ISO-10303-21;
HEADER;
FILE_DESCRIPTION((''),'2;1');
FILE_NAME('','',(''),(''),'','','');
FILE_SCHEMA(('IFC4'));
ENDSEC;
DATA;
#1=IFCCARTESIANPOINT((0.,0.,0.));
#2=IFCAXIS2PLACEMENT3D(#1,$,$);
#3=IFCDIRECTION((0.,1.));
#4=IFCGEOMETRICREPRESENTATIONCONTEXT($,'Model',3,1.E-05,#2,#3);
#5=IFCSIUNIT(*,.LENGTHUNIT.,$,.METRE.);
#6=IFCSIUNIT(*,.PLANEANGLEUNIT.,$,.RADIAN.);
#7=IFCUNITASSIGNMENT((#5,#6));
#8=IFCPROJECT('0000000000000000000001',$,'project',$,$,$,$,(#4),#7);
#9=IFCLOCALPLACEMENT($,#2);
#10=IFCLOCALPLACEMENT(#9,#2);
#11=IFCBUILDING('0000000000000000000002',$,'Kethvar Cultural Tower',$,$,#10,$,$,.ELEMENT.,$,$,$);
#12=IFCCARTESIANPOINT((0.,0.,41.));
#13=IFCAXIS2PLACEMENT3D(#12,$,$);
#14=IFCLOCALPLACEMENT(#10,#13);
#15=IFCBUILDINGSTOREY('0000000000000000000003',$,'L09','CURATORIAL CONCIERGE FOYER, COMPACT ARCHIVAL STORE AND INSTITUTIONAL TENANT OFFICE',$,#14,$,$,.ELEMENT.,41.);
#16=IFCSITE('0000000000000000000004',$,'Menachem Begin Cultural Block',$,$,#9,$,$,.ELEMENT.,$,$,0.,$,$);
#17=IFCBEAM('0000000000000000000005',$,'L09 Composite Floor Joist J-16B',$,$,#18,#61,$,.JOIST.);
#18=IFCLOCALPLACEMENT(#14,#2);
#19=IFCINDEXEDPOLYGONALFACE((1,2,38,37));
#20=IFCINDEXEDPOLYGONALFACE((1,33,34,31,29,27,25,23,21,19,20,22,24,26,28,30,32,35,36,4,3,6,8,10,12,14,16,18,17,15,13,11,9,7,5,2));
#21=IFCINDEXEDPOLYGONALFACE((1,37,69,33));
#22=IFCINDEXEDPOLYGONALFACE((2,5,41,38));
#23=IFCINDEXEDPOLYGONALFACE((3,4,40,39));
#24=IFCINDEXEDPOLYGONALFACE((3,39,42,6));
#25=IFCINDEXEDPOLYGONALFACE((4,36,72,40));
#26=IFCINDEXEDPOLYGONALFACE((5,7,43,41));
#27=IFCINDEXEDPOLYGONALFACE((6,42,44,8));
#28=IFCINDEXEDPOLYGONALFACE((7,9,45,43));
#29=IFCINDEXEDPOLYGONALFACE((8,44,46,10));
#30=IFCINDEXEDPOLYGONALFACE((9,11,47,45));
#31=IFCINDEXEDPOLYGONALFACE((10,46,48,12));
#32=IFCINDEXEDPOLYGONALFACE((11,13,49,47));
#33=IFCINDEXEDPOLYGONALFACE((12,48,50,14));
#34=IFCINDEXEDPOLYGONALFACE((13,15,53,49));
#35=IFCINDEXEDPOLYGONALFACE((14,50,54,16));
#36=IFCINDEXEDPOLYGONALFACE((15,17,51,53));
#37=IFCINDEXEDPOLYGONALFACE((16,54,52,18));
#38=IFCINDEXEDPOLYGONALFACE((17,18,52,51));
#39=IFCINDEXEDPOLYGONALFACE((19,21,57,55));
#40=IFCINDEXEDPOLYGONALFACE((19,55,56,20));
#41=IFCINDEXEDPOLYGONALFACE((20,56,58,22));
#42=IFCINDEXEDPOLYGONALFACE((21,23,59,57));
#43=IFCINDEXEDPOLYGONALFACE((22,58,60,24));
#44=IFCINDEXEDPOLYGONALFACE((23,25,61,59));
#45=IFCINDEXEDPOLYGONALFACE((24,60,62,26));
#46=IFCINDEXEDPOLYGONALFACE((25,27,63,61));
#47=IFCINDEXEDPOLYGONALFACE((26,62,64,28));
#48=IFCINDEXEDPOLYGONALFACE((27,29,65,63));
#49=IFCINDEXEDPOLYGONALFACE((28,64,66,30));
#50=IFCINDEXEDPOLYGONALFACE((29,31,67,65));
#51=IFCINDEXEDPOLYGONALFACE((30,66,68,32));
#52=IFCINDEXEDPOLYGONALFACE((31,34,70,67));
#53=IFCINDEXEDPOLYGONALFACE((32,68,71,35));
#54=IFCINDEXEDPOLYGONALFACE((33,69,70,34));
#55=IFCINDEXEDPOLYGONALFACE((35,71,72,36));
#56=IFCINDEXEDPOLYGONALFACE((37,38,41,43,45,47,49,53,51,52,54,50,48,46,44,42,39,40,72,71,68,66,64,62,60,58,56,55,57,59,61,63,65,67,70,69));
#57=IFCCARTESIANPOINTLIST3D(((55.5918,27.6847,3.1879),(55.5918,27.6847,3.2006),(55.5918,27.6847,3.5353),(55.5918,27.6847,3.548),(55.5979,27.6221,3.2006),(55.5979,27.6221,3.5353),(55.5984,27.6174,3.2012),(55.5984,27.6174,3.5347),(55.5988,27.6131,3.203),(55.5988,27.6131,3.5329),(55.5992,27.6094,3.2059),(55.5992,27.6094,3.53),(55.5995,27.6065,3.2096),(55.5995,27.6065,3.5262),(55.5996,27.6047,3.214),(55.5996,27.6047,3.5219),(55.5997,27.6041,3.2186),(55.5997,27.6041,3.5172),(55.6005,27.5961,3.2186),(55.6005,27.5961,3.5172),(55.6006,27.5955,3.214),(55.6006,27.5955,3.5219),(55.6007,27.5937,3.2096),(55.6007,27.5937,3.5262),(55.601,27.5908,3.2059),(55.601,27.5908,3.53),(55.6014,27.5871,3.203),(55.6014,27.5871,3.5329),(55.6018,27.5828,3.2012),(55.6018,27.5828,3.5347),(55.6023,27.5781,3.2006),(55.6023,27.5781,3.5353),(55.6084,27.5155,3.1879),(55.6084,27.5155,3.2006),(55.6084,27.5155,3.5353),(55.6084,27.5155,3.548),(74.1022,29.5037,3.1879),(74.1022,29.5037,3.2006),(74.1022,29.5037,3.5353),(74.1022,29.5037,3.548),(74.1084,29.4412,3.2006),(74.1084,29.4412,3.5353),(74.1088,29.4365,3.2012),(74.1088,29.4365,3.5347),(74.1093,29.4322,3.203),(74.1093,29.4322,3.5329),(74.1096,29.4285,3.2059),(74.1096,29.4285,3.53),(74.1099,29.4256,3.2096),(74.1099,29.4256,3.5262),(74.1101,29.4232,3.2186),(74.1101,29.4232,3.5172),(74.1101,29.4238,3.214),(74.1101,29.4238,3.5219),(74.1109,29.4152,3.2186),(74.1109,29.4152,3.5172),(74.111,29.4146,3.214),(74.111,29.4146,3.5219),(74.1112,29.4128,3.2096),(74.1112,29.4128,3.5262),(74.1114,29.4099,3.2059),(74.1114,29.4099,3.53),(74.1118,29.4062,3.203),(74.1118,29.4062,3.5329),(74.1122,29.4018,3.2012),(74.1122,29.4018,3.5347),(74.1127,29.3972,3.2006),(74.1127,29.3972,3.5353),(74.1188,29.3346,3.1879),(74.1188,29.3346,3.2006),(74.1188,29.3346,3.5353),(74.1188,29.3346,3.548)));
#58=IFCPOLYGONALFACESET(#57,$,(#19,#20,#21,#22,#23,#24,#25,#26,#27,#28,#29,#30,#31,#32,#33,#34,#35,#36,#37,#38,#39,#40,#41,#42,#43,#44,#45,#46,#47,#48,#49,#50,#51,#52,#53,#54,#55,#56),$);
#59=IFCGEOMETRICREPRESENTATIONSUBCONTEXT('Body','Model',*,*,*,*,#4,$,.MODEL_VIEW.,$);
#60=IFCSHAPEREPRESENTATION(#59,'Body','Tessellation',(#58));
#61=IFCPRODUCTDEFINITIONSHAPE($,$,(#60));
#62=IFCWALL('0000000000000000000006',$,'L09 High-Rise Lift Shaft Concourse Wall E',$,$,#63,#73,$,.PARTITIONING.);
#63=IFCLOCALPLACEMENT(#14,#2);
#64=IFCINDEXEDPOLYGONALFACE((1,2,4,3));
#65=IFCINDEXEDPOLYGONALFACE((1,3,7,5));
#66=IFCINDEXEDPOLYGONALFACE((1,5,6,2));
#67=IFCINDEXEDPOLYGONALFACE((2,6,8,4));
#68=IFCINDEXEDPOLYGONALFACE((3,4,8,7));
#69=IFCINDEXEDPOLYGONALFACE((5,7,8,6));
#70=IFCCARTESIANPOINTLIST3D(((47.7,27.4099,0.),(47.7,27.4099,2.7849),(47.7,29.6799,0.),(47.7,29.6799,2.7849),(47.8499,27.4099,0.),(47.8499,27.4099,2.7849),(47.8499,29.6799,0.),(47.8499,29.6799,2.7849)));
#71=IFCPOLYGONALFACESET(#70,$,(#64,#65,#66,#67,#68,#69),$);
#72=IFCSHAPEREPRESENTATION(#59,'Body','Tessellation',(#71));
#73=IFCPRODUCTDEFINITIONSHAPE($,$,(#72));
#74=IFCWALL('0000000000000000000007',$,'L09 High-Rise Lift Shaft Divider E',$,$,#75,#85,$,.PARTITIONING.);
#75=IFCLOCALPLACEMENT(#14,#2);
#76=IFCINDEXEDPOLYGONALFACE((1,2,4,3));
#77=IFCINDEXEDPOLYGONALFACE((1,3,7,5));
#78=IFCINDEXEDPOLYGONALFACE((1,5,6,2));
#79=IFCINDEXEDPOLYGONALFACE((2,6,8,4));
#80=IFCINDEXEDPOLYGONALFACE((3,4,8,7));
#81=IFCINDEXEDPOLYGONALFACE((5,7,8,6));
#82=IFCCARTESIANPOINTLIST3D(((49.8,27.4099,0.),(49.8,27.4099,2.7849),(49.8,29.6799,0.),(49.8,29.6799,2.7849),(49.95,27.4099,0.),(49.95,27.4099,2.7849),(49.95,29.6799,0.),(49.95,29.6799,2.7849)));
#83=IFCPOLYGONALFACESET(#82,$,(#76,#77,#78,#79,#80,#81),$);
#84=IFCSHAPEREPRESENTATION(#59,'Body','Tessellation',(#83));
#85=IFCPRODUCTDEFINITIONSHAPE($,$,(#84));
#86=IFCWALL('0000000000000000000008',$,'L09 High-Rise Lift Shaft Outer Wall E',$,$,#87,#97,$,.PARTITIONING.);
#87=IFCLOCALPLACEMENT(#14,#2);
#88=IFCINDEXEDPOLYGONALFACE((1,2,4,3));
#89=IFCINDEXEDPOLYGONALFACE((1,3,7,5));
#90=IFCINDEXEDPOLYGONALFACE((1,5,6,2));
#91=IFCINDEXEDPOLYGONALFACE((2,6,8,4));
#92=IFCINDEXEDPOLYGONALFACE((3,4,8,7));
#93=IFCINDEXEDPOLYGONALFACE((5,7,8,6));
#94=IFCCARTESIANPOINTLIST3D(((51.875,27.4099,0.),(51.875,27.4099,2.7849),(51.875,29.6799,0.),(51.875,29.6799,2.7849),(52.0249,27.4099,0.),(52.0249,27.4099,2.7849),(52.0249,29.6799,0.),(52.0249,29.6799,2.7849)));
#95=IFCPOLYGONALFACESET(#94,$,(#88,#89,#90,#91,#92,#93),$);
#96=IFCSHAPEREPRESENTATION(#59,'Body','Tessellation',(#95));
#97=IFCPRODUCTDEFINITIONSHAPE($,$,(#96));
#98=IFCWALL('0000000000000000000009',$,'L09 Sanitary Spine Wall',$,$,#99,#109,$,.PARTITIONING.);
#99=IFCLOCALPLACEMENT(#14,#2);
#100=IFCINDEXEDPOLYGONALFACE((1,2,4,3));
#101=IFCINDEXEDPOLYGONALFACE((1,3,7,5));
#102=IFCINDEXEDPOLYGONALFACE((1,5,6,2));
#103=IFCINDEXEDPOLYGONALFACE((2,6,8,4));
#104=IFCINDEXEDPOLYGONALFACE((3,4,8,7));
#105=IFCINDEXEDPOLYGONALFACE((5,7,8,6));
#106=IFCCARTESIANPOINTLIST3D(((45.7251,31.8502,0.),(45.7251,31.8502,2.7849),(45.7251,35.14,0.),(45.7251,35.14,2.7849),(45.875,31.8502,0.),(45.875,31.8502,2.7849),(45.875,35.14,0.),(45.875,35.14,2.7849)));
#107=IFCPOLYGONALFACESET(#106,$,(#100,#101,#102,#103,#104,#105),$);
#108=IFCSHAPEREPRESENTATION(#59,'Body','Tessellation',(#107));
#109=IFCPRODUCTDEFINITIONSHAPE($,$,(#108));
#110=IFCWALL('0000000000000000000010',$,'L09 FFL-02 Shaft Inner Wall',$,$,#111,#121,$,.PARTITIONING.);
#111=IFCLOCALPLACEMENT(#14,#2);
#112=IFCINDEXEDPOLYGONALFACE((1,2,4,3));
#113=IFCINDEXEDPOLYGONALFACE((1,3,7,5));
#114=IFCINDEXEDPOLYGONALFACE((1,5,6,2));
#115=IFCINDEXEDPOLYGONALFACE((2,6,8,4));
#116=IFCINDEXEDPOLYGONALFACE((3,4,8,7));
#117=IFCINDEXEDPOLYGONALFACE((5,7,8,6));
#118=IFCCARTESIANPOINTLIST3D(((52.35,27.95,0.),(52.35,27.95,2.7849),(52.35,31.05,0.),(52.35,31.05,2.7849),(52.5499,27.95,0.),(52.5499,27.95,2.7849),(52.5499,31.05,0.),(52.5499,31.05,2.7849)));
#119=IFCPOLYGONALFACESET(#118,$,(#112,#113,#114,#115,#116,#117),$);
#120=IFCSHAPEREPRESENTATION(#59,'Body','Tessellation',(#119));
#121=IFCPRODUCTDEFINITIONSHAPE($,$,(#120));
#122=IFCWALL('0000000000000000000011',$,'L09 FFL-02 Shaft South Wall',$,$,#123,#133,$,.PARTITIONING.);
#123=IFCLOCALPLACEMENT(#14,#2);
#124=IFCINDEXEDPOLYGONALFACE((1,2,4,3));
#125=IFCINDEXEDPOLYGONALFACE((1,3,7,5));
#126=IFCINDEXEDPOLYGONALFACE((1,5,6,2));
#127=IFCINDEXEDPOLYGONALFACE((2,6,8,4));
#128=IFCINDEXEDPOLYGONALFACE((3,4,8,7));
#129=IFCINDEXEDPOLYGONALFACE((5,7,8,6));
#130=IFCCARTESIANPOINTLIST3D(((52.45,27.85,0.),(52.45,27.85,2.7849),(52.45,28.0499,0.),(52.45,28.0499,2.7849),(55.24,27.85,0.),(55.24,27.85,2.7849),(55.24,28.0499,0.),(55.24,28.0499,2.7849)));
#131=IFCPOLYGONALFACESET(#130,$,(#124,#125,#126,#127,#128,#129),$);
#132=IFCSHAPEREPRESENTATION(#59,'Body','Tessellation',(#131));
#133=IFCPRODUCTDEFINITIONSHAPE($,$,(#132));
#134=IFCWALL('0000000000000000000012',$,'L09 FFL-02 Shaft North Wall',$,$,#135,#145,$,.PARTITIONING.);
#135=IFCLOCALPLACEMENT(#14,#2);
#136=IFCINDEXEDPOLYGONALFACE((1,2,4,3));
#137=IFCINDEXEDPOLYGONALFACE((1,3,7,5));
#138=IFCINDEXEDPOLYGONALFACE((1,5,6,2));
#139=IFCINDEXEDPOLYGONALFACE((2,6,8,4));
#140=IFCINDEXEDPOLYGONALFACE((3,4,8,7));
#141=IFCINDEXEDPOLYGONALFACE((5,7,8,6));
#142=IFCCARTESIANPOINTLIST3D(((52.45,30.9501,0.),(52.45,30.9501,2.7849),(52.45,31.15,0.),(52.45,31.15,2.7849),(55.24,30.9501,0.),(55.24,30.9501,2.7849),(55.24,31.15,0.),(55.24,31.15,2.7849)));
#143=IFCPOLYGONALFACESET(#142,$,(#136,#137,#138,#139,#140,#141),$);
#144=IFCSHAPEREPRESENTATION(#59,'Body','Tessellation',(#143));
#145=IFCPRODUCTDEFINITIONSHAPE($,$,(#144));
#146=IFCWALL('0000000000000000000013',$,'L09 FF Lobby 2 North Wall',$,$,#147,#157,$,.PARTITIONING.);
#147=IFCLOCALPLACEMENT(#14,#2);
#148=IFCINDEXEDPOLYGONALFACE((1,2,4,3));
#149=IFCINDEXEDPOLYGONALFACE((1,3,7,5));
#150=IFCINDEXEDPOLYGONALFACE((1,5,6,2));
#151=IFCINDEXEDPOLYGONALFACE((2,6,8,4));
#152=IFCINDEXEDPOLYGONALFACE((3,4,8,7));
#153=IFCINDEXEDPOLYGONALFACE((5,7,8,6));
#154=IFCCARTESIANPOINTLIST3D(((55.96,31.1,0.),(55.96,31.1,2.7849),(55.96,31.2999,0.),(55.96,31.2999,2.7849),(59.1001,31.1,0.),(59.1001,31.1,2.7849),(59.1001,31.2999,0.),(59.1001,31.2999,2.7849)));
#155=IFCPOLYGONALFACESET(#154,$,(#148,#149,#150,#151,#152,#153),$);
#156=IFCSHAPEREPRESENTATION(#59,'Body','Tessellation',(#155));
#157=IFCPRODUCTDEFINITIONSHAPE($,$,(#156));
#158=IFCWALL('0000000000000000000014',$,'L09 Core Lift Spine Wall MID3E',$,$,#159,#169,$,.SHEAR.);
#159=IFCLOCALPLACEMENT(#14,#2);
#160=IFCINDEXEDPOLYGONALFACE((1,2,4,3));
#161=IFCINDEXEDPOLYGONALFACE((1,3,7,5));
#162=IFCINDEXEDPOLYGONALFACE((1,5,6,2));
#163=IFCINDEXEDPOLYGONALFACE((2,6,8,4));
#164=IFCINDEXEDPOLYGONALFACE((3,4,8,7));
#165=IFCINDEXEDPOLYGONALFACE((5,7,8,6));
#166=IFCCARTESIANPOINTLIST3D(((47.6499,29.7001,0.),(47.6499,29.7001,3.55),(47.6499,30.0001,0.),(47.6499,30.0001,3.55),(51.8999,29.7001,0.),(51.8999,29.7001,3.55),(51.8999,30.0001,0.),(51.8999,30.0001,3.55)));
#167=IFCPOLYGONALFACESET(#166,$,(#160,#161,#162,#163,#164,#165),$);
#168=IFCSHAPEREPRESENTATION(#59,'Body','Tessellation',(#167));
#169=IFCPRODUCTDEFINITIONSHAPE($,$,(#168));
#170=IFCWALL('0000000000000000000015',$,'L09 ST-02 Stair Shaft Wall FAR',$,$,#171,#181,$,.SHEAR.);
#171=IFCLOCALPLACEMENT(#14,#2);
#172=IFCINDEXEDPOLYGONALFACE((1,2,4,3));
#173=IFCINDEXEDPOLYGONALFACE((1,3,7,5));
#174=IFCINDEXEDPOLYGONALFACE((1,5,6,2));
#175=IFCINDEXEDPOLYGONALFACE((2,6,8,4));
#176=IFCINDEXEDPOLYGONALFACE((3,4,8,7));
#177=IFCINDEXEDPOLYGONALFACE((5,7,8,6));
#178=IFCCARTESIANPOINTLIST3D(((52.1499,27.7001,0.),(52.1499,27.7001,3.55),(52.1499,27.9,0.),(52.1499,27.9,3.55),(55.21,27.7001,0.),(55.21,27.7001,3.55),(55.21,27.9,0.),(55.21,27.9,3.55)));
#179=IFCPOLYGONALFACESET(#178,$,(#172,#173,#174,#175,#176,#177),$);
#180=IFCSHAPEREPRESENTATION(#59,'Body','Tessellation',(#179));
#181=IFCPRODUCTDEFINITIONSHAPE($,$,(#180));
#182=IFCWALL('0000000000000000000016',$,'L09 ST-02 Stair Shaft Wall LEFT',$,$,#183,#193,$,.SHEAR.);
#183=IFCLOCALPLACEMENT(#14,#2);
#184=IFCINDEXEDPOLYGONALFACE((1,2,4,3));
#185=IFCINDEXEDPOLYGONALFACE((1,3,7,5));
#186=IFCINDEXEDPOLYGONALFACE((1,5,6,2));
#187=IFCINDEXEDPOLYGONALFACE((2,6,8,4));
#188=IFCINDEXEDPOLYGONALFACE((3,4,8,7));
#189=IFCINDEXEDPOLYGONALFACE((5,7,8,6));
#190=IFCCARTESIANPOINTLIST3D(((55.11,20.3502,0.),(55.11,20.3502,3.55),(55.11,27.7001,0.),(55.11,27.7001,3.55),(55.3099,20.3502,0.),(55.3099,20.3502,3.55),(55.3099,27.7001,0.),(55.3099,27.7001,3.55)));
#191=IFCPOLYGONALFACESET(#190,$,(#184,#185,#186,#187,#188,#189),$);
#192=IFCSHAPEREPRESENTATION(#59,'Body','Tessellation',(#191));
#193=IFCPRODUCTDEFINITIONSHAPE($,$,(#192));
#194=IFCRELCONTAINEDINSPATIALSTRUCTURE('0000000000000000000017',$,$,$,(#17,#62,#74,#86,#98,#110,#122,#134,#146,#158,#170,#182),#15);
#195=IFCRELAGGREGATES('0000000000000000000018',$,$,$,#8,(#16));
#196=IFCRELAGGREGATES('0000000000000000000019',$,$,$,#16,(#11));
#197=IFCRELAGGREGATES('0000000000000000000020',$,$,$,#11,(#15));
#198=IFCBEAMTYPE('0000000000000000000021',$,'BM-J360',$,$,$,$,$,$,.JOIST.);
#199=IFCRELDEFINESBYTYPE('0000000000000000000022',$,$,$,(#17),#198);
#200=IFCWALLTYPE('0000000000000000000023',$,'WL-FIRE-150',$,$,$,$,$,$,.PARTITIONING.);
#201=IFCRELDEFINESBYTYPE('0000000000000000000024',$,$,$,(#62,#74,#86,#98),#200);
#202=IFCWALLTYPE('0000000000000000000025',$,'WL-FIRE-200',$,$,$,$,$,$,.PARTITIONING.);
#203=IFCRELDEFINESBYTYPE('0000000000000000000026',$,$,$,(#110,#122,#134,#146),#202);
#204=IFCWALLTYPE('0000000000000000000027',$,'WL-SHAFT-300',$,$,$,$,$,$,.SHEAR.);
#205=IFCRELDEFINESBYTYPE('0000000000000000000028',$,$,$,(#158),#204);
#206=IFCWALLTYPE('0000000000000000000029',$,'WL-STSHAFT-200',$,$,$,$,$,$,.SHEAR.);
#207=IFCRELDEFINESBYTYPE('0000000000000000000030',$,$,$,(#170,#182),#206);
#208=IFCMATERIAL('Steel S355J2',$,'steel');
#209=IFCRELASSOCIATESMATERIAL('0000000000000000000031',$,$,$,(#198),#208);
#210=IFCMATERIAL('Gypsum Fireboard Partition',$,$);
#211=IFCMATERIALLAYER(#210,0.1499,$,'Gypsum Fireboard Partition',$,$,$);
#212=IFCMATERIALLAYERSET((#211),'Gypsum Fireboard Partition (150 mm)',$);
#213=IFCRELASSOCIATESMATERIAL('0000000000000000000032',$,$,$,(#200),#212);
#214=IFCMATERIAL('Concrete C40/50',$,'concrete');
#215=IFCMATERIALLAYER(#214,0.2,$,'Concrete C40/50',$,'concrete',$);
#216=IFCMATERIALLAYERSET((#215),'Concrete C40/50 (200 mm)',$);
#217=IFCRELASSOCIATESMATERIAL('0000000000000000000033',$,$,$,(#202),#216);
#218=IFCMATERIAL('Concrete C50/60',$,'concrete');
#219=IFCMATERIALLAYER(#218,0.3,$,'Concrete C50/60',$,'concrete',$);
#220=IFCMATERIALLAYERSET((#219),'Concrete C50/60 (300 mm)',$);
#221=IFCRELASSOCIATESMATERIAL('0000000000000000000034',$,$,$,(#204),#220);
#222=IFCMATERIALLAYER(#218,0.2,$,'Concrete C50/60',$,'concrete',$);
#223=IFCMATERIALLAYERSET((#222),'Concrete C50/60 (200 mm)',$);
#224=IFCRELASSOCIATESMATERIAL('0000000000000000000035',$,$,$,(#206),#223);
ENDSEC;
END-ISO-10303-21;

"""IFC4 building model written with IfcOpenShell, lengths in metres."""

from ifc_helpers import new_model, si_unit, direction, frame, frame_2d, origin, origin_2d, place, context, subcontext, project, spatial, rectangle, i_section, extrude, source, transform, mapped, material, layer, layer_set, material_profile, profile_set, type_object, element, save


model = new_model("IFC4")

# Units and contexts
model_context = context("Model", 3, precision=1e-05, world=origin(), true_north=direction((0.0, 1.0)))
body_context = subcontext(model_context, "Body", "Model", "MODEL_VIEW")
ifc_project = project(units=[si_unit("LENGTHUNIT", "METRE"), si_unit("PLANEANGLEUNIT", "RADIAN")], contexts=[model_context])

# Site, building, storey
site_placement = place(None, origin())
site = spatial("IfcSite", under=ifc_project, at=site_placement, Name="Menachem Begin Cultural Block", CompositionType="ELEMENT", RefElevation=0.0)
building_placement = place(site_placement, origin())
building = spatial("IfcBuilding", under=site, at=building_placement, Name="Kethvar Cultural Tower", CompositionType="ELEMENT")
storey_placement = place(building_placement, frame((0.0, 0.0, 41.0)))
storey = spatial("IfcBuildingStorey", under=building, at=storey_placement, Name="L09", Description="CURATORIAL CONCIERGE FOYER, COMPACT ARCHIVAL STORE AND INSTITUTIONAL TENANT OFFICE", CompositionType="ELEMENT", Elevation=41.0)

# Beam
ifc_material_1 = material(Name="Steel S355J2", Category="steel")
ifc_material_profile_1 = material_profile(ifc_material_1, i_section(OverallWidth=0.1699, OverallDepth=0.3601, WebThickness=0.0081, FlangeThickness=0.0127, FilletRadius=0.0181, at=origin_2d()), Name="Steel S355J2 — IPE360")
ifc_profile_set_1 = profile_set([ifc_material_profile_1], Name="Steel S355J2 — IPE360")
beam_type_1 = type_object("IfcBeamType", Name="BM-J360", PredefinedType="JOIST", material=ifc_profile_set_1)
shared_shape_1 = source(origin(), body_context, "Body", "SweptSolid", [
    extrude(i_section(OverallWidth=0.1699, OverallDepth=0.3601, WebThickness=0.0081, FlangeThickness=0.0127, FilletRadius=0.0181, at=origin_2d()), origin(), (0.0, 0.0, 1.0), 18.5996),
])
beam_1_placement = place(storey_placement, frame((55.6001, 27.6001, 3.3679), z_axis=(0.995206, 0.097802, 0.0), x_axis=(-0.097802, 0.995206, 0.0)))
element("IfcBeam", 1, at=beam_1_placement, inside=storey, type_object=beam_type_1, Name="L09 Composite Floor Joist J-16B", PredefinedType="JOIST", context=body_context, shape_type="MappedRepresentation", body=[
    mapped(shared_shape_1, transform((0.0, 0.0, 0.0), scale=1.0)),
])

# Walls
ifc_material_2 = material(Name="Gypsum Fireboard Partition")
ifc_layer_1 = layer(ifc_material_2, 0.1499, Name="Gypsum Fireboard Partition")
ifc_layer_set_1 = layer_set([ifc_layer_1], Name="Gypsum Fireboard Partition (150 mm)")
wall_type_1 = type_object("IfcWallType", Name="WL-FIRE-150", PredefinedType="PARTITIONING", material=ifc_layer_set_1)
for number, where, z_axis, x_axis, name in (
    (2, (47.7749, 27.4099, 0.0), (0.0, 0.0, 1.0), (0.0, 1.0, 0.0), "L09 High-Rise Lift Shaft Concourse Wall E"),
    (3, (49.875, 27.4099, 0.0), (0.0, 0.0, 1.0), (0.0, 1.0, 0.0), "L09 High-Rise Lift Shaft Divider E"),
    (4, (51.95, 27.4099, 0.0), (0.0, 0.0, 1.0), (0.0, 1.0, 0.0), "L09 High-Rise Lift Shaft Outer Wall E"),
):
    element("IfcWall", number, at=place(storey_placement, frame(where, z_axis=z_axis, x_axis=x_axis)), inside=storey, type_object=wall_type_1, Name=name, PredefinedType="PARTITIONING", context=body_context, shape_type="SweptSolid", body=[
        extrude(rectangle(XDim=2.27, YDim=0.1499, at=frame_2d((1.135, 0.0))), origin(), (0.0, 0.0, 1.0), 2.7849),
    ])
wall_1_placement = place(storey_placement, frame((45.8, 31.8501, 0.0), z_axis=(0.0, 0.0, 1.0), x_axis=(0.0, 1.0, 0.0)))
element("IfcWall", 5, at=wall_1_placement, inside=storey, type_object=wall_type_1, Name="L09 Sanitary Spine Wall", PredefinedType="PARTITIONING", context=body_context, shape_type="SweptSolid", body=[
    extrude(rectangle(XDim=3.2898, YDim=0.1499, at=frame_2d((1.645, 0.0))), origin(), (0.0, 0.0, 1.0), 2.7849),
])
ifc_material_3 = material(Name="Concrete C40/50", Category="concrete")
ifc_layer_2 = layer(ifc_material_3, 0.2, Name="Concrete C40/50", Category="concrete")
ifc_layer_set_2 = layer_set([ifc_layer_2], Name="Concrete C40/50 (200 mm)")
wall_type_2 = type_object("IfcWallType", Name="WL-FIRE-200", PredefinedType="PARTITIONING", material=ifc_layer_set_2)
wall_2_placement = place(storey_placement, frame((52.45, 27.95, 0.0), z_axis=(0.0, 0.0, 1.0), x_axis=(0.0, 1.0, 0.0)))
element("IfcWall", 6, at=wall_2_placement, inside=storey, type_object=wall_type_2, Name="L09 FFL-02 Shaft Inner Wall", PredefinedType="PARTITIONING", context=body_context, shape_type="SweptSolid", body=[
    extrude(rectangle(XDim=3.1001, YDim=0.2, at=frame_2d((1.55, 0.0))), origin(), (0.0, 0.0, 1.0), 2.7849),
])
for number, where, z_axis, x_axis, name in (
    (7, (52.45, 27.95, 0.0), (0.0, 0.0, 1.0), (1.0, 0.0, 0.0), "L09 FFL-02 Shaft South Wall"),
    (8, (52.45, 31.05, 0.0), (0.0, 0.0, 1.0), (1.0, 0.0, 0.0), "L09 FFL-02 Shaft North Wall"),
):
    element("IfcWall", number, at=place(storey_placement, frame(where, z_axis=z_axis, x_axis=x_axis)), inside=storey, type_object=wall_type_2, Name=name, PredefinedType="PARTITIONING", context=body_context, shape_type="SweptSolid", body=[
        extrude(rectangle(XDim=2.79, YDim=0.2, at=frame_2d((1.395, 0.0))), origin(), (0.0, 0.0, 1.0), 2.7849),
    ])
wall_3_placement = place(storey_placement, frame((55.96, 31.2, 0.0), z_axis=(0.0, 0.0, 1.0), x_axis=(1.0, 0.0, 0.0)))
element("IfcWall", 9, at=wall_3_placement, inside=storey, type_object=wall_type_2, Name="L09 FF Lobby 2 North Wall", PredefinedType="PARTITIONING", context=body_context, shape_type="SweptSolid", body=[
    extrude(rectangle(XDim=3.1401, YDim=0.2, at=frame_2d((1.5701, 0.0))), origin(), (0.0, 0.0, 1.0), 2.7849),
])
ifc_material_4 = material(Name="Concrete C50/60", Category="concrete")
ifc_layer_3 = layer(ifc_material_4, 0.3, Name="Concrete C50/60", Category="concrete")
ifc_layer_set_3 = layer_set([ifc_layer_3], Name="Concrete C50/60 (300 mm)")
wall_type_3 = type_object("IfcWallType", Name="WL-SHAFT-300", PredefinedType="SHEAR", material=ifc_layer_set_3)
wall_4_placement = place(storey_placement, frame((47.6499, 29.8501, 0.0), z_axis=(0.0, 0.0, 1.0), x_axis=(1.0, 0.0, 0.0)))
element("IfcWall", 10, at=wall_4_placement, inside=storey, type_object=wall_type_3, Name="L09 Core Lift Spine Wall MID3E", PredefinedType="SHEAR", context=body_context, shape_type="SweptSolid", body=[
    extrude(rectangle(XDim=4.25, YDim=0.3, at=frame_2d((2.125, 0.0))), origin(), (0.0, 0.0, 1.0), 3.55),
])
ifc_layer_4 = layer(ifc_material_4, 0.2, Name="Concrete C50/60", Category="concrete")
ifc_layer_set_4 = layer_set([ifc_layer_4], Name="Concrete C50/60 (200 mm)")
wall_type_4 = type_object("IfcWallType", Name="WL-STSHAFT-200", PredefinedType="SHEAR", material=ifc_layer_set_4)
wall_5_placement = place(storey_placement, frame((52.1499, 27.8, 0.0), z_axis=(0.0, 0.0, 1.0), x_axis=(1.0, 0.0, 0.0)))
element("IfcWall", 11, at=wall_5_placement, inside=storey, type_object=wall_type_4, Name="L09 ST-02 Stair Shaft Wall FAR", PredefinedType="SHEAR", context=body_context, shape_type="SweptSolid", body=[
    extrude(rectangle(XDim=3.0601, YDim=0.2, at=frame_2d((1.53, 0.0))), origin(), (0.0, 0.0, 1.0), 3.55),
])
wall_6_placement = place(storey_placement, frame((55.21, 27.7, 0.0), z_axis=(0.0, 0.0, 1.0), x_axis=(0.0, -1.0, 0.0)))
element("IfcWall", 12, at=wall_6_placement, inside=storey, type_object=wall_type_4, Name="L09 ST-02 Stair Shaft Wall LEFT", PredefinedType="SHEAR", context=body_context, shape_type="SweptSolid", body=[
    extrude(rectangle(XDim=7.3499, YDim=0.2, at=frame_2d((3.6748, 0.0))), origin(), (0.0, 0.0, 1.0), 3.55),
])

save(model, "model.ifc")
